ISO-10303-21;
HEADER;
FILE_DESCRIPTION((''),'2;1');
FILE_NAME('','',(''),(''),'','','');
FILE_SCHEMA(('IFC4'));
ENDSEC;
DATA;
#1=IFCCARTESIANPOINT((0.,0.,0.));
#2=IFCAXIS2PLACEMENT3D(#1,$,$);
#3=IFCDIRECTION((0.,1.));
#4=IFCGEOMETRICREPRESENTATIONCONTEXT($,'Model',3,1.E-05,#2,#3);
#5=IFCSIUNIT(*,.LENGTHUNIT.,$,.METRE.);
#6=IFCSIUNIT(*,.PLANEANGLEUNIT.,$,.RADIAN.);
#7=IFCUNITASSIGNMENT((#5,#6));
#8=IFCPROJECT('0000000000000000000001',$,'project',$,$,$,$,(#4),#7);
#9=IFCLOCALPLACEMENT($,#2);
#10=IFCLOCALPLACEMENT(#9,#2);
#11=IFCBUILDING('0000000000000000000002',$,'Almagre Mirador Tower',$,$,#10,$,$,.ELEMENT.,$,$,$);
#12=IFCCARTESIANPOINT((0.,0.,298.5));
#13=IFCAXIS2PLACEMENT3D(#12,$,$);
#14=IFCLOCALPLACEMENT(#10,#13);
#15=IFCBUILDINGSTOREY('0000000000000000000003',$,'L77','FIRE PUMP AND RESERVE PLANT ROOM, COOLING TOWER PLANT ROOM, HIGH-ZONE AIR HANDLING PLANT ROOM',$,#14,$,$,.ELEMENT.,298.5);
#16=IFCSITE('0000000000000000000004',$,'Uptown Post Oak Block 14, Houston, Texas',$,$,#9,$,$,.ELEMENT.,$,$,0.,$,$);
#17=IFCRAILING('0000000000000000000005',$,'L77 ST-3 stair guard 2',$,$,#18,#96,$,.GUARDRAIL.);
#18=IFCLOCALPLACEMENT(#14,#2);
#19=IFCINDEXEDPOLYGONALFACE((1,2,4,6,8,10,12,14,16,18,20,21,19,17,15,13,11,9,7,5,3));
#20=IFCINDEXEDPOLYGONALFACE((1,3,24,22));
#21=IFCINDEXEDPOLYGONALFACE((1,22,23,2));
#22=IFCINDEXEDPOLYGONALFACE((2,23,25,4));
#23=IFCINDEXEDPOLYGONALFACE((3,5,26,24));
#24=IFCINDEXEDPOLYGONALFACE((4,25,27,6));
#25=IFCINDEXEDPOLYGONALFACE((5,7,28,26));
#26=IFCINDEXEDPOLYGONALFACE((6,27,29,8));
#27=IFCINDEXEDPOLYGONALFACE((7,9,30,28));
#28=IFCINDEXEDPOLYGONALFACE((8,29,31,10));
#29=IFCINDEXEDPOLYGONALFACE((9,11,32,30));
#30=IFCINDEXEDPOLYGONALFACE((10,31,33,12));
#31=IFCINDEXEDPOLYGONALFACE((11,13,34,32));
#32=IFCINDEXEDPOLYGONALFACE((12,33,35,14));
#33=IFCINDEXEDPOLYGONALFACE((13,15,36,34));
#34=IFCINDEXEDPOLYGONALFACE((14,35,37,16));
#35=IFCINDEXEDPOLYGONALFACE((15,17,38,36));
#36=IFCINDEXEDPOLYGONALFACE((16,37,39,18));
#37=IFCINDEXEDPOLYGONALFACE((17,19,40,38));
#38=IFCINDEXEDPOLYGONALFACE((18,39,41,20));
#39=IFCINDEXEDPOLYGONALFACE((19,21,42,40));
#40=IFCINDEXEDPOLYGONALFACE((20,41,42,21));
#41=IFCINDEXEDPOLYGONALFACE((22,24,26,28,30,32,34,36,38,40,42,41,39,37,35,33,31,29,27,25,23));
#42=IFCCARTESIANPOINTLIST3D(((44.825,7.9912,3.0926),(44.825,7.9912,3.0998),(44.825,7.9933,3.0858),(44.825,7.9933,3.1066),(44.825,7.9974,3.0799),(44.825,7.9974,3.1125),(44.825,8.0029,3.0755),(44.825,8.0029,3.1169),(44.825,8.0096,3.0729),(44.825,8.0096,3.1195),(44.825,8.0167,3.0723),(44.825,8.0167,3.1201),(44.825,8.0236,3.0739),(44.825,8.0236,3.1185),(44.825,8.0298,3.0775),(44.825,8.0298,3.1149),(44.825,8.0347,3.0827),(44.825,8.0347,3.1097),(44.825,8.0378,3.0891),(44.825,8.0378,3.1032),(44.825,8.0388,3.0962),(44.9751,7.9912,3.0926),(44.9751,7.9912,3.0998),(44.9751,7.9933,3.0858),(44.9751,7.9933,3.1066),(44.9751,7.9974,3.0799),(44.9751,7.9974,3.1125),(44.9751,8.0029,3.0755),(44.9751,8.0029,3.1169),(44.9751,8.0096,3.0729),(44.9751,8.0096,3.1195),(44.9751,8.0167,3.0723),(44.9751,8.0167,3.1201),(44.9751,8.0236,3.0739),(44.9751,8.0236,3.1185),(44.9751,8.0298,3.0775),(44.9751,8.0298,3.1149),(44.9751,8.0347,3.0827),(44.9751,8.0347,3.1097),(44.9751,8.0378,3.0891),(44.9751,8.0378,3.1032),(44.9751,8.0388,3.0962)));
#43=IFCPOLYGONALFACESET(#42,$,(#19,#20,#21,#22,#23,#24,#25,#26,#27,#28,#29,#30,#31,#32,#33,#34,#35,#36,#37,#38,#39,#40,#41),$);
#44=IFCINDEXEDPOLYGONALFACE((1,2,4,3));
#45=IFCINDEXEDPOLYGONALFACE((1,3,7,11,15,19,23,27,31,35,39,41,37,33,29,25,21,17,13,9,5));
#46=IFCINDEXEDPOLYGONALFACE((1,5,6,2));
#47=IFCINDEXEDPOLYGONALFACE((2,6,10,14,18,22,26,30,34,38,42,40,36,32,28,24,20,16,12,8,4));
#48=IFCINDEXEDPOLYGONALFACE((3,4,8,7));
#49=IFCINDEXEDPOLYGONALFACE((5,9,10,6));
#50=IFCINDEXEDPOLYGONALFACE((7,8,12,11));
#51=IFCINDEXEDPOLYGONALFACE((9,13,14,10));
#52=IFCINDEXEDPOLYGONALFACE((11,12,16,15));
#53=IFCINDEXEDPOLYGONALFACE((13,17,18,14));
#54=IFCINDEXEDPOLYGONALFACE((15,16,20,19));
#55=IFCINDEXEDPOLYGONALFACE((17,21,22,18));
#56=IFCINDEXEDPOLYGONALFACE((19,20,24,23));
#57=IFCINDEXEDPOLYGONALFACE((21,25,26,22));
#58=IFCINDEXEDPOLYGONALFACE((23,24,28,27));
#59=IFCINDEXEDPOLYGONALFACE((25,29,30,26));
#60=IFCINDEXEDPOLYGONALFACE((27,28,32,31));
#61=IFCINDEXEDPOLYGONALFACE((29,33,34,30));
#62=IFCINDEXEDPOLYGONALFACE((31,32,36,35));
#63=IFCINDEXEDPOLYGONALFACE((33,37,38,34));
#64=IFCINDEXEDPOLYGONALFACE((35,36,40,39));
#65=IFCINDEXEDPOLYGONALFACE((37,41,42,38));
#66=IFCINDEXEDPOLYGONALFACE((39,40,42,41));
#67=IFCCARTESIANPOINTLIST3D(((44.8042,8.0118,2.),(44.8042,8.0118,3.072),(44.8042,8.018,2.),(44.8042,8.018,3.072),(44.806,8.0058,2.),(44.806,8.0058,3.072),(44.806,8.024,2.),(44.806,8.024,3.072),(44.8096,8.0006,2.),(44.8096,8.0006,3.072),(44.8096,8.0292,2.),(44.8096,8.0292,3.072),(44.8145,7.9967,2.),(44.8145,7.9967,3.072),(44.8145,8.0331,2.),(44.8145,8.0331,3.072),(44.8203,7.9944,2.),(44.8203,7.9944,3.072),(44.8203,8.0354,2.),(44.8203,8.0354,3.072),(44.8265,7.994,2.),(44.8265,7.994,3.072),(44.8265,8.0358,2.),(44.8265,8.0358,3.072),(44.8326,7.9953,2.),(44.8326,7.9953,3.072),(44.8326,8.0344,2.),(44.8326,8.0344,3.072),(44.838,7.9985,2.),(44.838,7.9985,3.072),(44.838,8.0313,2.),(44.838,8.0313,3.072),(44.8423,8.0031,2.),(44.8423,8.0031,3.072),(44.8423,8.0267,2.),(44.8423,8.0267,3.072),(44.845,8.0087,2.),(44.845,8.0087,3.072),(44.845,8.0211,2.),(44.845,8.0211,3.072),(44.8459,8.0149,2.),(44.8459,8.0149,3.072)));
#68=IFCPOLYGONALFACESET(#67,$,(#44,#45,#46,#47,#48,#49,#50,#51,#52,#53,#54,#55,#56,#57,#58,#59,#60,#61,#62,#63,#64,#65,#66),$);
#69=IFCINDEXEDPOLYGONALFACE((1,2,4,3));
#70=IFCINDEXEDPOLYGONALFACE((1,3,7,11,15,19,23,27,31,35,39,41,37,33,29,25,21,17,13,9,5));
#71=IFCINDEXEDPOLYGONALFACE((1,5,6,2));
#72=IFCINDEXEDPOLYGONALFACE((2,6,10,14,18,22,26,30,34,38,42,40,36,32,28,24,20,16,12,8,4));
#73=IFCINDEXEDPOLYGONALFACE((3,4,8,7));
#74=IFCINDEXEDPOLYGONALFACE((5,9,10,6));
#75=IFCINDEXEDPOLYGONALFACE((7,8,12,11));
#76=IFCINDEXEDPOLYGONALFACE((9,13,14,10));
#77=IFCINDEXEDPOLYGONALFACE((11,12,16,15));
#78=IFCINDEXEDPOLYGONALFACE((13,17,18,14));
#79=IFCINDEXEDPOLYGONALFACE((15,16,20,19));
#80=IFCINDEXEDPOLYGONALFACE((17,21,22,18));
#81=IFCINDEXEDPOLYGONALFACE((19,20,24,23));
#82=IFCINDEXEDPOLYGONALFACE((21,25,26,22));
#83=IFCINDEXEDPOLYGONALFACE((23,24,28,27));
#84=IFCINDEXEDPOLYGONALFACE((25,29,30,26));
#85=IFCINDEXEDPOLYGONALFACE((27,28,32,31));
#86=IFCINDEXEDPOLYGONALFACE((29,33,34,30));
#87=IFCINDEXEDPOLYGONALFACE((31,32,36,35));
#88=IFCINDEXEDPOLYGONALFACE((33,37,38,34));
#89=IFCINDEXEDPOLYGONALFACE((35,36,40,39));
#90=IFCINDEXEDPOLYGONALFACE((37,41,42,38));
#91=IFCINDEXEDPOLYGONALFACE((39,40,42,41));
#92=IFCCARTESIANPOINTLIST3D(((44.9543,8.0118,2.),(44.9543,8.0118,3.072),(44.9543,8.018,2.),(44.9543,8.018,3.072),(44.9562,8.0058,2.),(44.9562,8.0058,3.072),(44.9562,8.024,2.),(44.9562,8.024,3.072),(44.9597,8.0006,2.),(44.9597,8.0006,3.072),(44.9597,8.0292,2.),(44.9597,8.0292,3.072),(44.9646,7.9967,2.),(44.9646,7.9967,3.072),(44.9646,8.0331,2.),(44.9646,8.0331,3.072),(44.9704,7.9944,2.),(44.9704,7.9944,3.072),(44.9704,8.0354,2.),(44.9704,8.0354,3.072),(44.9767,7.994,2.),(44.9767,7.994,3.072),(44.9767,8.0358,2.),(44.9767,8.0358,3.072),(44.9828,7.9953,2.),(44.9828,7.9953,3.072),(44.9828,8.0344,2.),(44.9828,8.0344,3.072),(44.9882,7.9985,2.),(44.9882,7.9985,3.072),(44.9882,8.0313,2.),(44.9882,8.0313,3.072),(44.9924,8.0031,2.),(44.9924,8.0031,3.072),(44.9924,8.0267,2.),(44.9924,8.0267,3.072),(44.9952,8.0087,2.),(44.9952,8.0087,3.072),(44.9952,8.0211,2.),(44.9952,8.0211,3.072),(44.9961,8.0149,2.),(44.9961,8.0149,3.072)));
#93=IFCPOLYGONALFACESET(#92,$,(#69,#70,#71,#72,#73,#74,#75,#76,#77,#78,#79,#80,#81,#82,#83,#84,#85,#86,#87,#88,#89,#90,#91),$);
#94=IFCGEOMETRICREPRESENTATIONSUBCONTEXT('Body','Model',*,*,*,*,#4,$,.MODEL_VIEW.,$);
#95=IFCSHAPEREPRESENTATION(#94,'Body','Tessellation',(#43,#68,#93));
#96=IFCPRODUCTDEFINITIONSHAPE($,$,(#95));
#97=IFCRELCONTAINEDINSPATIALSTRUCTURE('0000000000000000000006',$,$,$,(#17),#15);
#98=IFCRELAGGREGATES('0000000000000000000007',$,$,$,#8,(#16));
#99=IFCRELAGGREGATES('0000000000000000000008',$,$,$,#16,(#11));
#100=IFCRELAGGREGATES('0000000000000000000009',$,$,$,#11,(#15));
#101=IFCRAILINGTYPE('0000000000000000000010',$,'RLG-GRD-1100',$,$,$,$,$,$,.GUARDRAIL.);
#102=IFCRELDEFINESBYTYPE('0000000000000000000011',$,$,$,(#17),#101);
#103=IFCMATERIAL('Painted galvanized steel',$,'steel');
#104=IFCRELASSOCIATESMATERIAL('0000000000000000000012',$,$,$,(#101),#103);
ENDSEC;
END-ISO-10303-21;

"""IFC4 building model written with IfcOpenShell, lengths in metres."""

from ifc_helpers import new_model, si_unit, direction, frame, origin, origin_2d, place, context, subcontext, project, spatial, circle, extrude, material, type_object, element, save


model = new_model("IFC4")

# Units and contexts
model_context = context("Model", 3, precision=1e-05, world=origin(), true_north=direction((0.0, 1.0)))
body_context = subcontext(model_context, "Body", "Model", "MODEL_VIEW")
ifc_project = project(units=[si_unit("LENGTHUNIT", "METRE"), si_unit("PLANEANGLEUNIT", "RADIAN")], contexts=[model_context])

# Site, building, storey
site_placement = place(None, origin())
site = spatial("IfcSite", under=ifc_project, at=site_placement, Name="Uptown Post Oak Block 14, Houston, Texas", CompositionType="ELEMENT", RefElevation=0.0)
building_placement = place(site_placement, origin())
building = spatial("IfcBuilding", under=site, at=building_placement, Name="Almagre Mirador Tower", CompositionType="ELEMENT")
storey_placement = place(building_placement, frame((0.0, 0.0, 298.5)))
storey = spatial("IfcBuildingStorey", under=building, at=storey_placement, Name="L77", Description="FIRE PUMP AND RESERVE PLANT ROOM, COOLING TOWER PLANT ROOM, HIGH-ZONE AIR HANDLING PLANT ROOM", CompositionType="ELEMENT", Elevation=298.5)

# Railing
ifc_material_1 = material(Name="Painted galvanized steel", Category="steel")
railing_type_1 = type_object("IfcRailingType", Name="RLG-GRD-1100", PredefinedType="GUARDRAIL", material=ifc_material_1)
railing_1_placement = place(storey_placement, frame((44.825, 8.0149, 2.0)))
element("IfcRailing", 1, at=railing_1_placement, inside=storey, type_object=railing_type_1, Name="L77 ST-3 stair guard 2", PredefinedType="GUARDRAIL", context=body_context, shape_type="SweptSolid", body=[
    extrude(circle(Radius=0.0239, at=origin_2d()), frame((0.0, 0.0, 1.0962), z_axis=(1.0, 0.0, 0.0), x_axis=(0.0, 1.0, 0.0)), (0.0, 0.0, 1.0), 0.1501),
    extrude(circle(Radius=0.021, at=origin_2d()), origin(), (0.0, 0.0, 1.0), 1.072),
    extrude(circle(Radius=0.021, at=origin_2d()), frame((0.1501, 0.0, 0.0)), (0.0, 0.0, 1.0), 1.072),
])

save(model, "model.ifc")
